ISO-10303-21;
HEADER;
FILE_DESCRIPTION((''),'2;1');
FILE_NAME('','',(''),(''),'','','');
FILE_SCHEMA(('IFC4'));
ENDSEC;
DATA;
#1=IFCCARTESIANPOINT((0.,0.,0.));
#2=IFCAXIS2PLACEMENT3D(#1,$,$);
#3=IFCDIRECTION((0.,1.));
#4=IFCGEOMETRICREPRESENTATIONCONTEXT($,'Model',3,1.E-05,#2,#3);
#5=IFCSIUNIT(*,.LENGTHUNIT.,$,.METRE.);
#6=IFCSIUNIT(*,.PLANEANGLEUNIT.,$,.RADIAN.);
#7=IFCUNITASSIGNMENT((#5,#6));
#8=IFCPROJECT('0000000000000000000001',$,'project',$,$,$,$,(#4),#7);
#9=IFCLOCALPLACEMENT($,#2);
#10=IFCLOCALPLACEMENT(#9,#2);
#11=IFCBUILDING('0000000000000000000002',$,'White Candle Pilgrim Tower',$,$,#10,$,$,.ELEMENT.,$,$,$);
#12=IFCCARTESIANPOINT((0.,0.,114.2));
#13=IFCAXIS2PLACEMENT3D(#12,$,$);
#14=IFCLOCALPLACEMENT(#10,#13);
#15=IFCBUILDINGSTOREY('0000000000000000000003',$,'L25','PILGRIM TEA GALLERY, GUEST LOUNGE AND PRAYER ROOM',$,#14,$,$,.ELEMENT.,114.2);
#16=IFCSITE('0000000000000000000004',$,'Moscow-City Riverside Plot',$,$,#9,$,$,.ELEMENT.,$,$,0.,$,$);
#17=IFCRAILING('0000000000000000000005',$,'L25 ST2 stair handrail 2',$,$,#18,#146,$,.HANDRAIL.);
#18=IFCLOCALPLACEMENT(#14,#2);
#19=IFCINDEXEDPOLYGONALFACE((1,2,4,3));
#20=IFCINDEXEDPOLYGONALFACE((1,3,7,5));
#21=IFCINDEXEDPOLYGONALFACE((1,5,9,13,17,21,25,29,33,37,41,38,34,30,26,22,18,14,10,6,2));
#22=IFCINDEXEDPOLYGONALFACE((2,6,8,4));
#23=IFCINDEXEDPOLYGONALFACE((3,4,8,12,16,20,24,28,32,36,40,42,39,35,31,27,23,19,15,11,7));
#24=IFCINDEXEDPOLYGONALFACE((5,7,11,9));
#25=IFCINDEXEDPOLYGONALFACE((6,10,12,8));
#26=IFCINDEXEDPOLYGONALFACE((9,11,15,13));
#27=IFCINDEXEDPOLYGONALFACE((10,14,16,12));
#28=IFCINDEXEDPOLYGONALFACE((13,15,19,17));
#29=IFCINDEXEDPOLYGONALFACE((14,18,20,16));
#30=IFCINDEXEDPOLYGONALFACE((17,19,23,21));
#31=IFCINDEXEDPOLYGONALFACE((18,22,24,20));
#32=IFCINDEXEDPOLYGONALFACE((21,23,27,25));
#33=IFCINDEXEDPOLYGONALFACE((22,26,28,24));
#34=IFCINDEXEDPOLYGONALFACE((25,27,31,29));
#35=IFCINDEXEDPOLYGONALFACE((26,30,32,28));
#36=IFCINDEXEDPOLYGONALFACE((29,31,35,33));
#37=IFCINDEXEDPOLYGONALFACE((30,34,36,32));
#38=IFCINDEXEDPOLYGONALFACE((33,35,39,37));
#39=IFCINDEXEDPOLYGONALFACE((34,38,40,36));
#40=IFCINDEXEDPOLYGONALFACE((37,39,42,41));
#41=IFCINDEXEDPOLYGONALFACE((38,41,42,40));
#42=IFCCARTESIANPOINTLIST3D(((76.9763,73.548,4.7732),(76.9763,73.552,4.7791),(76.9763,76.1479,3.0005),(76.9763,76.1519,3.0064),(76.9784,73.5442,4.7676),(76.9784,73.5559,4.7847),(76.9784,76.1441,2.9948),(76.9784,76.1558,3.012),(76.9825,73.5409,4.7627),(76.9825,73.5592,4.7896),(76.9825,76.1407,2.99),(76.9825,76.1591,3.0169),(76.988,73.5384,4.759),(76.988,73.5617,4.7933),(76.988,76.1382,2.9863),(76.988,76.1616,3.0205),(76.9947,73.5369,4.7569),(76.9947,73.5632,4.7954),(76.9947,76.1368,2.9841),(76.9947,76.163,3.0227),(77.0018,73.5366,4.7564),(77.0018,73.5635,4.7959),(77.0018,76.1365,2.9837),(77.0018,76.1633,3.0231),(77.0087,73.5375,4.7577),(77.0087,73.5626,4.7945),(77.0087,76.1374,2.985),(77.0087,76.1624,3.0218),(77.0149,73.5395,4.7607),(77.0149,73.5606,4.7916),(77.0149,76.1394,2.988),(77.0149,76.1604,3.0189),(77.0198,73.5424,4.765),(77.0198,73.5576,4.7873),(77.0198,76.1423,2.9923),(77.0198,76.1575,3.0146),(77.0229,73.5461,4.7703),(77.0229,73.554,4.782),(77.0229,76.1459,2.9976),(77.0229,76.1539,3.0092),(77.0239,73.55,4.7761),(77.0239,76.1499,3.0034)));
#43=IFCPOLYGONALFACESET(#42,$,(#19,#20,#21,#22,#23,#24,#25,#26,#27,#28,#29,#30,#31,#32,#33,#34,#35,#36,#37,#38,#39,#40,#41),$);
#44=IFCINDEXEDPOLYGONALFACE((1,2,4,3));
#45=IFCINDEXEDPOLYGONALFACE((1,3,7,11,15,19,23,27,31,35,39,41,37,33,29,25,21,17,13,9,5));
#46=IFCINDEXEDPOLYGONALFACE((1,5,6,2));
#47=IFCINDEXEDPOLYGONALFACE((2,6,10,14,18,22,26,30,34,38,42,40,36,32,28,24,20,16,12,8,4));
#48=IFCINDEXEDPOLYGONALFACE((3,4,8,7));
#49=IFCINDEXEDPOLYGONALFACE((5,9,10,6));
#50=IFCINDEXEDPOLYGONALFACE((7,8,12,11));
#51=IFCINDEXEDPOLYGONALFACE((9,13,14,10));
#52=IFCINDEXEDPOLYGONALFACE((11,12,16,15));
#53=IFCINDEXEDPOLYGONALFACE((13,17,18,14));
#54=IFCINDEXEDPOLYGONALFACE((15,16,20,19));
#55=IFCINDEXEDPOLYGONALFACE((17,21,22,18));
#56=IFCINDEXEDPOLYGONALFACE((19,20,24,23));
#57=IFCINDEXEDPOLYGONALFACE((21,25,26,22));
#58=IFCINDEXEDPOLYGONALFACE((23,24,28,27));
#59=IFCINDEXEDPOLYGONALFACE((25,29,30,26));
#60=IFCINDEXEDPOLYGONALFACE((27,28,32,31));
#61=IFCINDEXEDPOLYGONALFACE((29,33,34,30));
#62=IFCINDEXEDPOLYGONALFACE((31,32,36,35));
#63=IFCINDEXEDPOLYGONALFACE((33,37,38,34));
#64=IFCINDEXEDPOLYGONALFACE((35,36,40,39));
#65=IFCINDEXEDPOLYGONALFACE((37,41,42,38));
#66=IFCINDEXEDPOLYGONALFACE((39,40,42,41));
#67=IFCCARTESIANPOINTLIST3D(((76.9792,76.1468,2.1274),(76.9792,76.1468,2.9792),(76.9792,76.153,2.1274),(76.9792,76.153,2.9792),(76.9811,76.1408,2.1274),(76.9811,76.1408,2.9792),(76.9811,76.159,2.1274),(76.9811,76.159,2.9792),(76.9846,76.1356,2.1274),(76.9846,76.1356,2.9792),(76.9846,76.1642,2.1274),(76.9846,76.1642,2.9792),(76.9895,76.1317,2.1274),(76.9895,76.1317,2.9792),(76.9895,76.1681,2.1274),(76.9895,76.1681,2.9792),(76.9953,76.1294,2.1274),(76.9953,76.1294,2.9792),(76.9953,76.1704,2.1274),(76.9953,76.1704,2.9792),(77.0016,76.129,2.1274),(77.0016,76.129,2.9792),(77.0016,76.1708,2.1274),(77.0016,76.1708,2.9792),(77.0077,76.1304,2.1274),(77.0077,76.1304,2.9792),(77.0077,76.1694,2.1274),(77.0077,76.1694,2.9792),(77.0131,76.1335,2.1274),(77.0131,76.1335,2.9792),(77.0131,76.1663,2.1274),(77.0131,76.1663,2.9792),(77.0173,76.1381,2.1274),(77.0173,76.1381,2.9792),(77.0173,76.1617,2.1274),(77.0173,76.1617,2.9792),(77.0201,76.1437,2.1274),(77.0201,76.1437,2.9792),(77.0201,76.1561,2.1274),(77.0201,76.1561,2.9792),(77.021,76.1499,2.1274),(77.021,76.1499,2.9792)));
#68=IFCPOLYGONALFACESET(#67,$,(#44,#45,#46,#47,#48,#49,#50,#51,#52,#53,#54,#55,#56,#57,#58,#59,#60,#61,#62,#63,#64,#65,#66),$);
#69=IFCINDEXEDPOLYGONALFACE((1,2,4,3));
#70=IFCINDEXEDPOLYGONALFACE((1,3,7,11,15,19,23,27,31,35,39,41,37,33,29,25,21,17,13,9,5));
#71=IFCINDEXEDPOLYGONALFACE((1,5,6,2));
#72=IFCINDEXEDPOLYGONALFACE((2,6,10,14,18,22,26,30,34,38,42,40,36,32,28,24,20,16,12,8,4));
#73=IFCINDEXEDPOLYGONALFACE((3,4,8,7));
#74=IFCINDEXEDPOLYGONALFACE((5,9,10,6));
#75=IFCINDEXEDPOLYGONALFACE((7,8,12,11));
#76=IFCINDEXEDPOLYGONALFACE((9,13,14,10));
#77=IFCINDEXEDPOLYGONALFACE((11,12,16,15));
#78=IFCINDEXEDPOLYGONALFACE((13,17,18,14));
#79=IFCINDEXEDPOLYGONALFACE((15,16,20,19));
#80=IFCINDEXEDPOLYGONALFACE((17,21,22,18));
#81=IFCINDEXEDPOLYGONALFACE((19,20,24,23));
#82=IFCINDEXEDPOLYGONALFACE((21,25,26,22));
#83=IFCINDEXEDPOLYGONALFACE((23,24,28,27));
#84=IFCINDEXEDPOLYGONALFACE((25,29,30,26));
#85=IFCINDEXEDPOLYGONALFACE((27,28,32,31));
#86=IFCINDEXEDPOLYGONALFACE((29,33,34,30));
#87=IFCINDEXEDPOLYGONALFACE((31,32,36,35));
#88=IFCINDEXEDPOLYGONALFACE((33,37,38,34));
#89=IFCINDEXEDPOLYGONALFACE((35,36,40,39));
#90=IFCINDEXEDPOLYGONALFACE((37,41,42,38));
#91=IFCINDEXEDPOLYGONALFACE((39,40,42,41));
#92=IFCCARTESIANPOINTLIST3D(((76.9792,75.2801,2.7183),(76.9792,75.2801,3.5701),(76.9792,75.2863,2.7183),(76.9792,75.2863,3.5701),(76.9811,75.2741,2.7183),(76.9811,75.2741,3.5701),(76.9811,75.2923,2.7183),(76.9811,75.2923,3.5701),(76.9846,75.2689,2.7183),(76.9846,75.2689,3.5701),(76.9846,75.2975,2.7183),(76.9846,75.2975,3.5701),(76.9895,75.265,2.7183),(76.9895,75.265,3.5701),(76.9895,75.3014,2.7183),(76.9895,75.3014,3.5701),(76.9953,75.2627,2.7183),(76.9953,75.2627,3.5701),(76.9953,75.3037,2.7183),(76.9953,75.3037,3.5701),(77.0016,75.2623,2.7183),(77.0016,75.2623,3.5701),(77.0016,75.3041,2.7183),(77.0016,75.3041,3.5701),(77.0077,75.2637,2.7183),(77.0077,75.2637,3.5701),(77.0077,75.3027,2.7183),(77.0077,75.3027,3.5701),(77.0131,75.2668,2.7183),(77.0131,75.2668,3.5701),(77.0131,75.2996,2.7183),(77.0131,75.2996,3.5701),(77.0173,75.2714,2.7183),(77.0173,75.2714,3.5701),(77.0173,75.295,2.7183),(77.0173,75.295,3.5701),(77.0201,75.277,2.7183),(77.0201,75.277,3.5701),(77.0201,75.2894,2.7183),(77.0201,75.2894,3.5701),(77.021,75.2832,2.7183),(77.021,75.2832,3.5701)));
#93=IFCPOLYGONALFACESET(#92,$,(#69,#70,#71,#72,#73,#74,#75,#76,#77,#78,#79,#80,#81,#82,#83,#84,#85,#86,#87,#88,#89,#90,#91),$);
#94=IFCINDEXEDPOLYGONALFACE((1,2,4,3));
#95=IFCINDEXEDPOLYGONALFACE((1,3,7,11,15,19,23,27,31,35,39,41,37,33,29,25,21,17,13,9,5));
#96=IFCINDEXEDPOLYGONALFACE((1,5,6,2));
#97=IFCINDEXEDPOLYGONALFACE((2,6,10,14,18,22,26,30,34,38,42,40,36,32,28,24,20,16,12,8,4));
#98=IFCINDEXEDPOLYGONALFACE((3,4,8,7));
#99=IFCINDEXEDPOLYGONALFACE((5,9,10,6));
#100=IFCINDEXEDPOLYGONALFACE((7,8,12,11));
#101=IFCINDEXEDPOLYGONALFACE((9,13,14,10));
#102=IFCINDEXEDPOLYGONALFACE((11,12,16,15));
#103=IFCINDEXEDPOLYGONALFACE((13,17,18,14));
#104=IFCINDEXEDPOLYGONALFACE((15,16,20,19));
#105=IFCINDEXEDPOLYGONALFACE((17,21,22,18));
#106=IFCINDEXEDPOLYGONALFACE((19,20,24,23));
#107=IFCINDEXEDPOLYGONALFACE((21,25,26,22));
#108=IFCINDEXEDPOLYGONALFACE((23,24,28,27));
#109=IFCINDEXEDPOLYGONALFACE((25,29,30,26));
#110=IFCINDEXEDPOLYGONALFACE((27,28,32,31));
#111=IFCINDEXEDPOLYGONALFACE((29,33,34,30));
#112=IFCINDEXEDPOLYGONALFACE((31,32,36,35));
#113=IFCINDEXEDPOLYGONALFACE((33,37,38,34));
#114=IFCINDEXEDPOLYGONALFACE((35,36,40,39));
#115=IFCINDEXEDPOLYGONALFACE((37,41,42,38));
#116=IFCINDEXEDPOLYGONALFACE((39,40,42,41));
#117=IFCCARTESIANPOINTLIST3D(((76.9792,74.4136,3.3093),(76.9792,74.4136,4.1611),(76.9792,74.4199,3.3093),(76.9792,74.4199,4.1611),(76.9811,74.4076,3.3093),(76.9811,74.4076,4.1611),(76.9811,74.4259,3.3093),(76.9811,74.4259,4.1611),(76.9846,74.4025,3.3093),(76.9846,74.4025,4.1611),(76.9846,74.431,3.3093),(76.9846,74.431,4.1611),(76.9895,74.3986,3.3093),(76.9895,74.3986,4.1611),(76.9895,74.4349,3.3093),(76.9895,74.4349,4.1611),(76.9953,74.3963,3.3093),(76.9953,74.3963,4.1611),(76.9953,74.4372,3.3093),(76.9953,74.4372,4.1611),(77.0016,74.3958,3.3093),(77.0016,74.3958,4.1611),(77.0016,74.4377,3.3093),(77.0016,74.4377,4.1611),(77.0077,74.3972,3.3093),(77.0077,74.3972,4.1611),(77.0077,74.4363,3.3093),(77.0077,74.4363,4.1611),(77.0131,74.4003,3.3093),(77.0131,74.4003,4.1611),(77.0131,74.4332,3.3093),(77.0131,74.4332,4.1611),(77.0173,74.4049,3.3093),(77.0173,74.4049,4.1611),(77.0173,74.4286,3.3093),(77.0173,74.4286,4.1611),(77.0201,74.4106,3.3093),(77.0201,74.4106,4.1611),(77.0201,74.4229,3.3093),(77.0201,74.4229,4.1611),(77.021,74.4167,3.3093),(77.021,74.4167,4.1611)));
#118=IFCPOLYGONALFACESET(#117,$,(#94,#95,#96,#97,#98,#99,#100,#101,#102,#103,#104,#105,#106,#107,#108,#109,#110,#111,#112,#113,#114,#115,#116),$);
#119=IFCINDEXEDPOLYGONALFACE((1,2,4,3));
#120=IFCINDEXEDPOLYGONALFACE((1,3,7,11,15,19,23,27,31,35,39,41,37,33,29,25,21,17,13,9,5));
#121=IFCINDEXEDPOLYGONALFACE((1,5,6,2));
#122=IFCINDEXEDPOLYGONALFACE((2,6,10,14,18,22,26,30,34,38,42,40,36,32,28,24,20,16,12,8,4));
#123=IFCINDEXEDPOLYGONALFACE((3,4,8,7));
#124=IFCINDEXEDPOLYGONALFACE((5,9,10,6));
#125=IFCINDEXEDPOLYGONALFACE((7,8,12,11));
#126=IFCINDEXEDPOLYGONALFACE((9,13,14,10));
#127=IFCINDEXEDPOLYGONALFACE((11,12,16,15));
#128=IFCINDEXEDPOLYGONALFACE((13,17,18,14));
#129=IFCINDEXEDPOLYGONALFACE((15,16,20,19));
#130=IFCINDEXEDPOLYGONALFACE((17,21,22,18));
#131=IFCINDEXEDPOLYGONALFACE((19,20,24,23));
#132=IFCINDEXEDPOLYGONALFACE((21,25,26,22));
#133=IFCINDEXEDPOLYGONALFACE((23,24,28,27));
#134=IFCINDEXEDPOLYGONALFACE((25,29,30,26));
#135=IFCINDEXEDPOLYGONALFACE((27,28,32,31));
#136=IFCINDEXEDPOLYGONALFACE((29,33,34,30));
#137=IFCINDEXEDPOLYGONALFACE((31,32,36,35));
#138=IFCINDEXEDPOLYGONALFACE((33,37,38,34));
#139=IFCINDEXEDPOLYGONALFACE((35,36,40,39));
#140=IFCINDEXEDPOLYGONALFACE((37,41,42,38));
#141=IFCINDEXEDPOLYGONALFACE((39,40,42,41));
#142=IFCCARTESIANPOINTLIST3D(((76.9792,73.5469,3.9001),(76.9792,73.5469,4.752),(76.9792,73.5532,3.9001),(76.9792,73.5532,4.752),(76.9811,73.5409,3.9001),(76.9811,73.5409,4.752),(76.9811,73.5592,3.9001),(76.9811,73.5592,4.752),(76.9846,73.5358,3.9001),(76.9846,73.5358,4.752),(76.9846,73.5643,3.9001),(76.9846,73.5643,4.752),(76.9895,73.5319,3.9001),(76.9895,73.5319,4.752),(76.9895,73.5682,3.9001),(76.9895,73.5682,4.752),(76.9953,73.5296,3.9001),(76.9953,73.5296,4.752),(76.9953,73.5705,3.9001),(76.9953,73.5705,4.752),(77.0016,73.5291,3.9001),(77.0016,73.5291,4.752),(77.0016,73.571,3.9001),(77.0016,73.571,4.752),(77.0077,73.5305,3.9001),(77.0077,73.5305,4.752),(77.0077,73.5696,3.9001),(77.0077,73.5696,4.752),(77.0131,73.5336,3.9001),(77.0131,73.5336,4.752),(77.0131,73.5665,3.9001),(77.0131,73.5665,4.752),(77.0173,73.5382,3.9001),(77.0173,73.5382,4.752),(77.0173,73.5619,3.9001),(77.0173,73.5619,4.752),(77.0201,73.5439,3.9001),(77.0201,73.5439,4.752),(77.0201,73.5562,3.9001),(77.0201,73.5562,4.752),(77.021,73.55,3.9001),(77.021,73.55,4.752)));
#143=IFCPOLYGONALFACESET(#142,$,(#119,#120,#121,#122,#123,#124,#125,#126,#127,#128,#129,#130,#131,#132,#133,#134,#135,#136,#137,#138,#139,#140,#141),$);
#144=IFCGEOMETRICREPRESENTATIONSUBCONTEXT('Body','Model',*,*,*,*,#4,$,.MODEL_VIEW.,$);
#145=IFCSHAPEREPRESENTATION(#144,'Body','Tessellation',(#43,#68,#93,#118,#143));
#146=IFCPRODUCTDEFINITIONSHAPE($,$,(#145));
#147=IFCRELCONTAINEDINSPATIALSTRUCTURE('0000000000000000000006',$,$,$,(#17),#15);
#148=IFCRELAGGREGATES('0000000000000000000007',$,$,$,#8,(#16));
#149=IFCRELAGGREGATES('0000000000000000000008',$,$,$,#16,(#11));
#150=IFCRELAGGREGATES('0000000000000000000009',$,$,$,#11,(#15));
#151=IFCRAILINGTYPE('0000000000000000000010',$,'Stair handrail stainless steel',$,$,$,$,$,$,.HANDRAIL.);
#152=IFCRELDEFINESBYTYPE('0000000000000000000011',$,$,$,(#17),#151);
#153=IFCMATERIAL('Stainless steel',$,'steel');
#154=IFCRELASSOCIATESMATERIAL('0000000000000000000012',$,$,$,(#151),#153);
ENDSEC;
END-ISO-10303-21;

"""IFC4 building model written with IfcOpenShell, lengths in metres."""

from ifc_helpers import new_model, si_unit, direction, frame, origin, origin_2d, place, context, subcontext, project, spatial, circle, extrude, material, type_object, element, save


model = new_model("IFC4")

# Units and contexts
model_context = context("Model", 3, precision=1e-05, world=origin(), true_north=direction((0.0, 1.0)))
body_context = subcontext(model_context, "Body", "Model", "MODEL_VIEW")
ifc_project = project(units=[si_unit("LENGTHUNIT", "METRE"), si_unit("PLANEANGLEUNIT", "RADIAN")], contexts=[model_context])

# Site, building, storey
site_placement = place(None, origin())
site = spatial("IfcSite", under=ifc_project, at=site_placement, Name="Moscow-City Riverside Plot", CompositionType="ELEMENT", RefElevation=0.0)
building_placement = place(site_placement, origin())
building = spatial("IfcBuilding", under=site, at=building_placement, Name="White Candle Pilgrim Tower", CompositionType="ELEMENT")
storey_placement = place(building_placement, frame((0.0, 0.0, 114.2)))
storey = spatial("IfcBuildingStorey", under=building, at=storey_placement, Name="L25", Description="PILGRIM TEA GALLERY, GUEST LOUNGE AND PRAYER ROOM", CompositionType="ELEMENT", Elevation=114.2)

# Railing
ifc_material_1 = material(Name="Stainless steel", Category="steel")
railing_type_1 = type_object("IfcRailingType", Name="Stair handrail stainless steel", PredefinedType="HANDRAIL", material=ifc_material_1)
railing_1_placement = place(storey_placement, frame((77.0, 76.1499, 2.1274)))
element("IfcRailing", 1, at=railing_1_placement, inside=storey, type_object=railing_type_1, Name="L25 ST2 stair handrail 2", PredefinedType="HANDRAIL", context=body_context, shape_type="SweptSolid", body=[
    extrude(circle(Radius=0.0239, at=origin_2d()), frame((0.0, 0.0, 0.876), z_axis=(0.0, -0.826216, 0.563354), x_axis=(1.0, 0.0, 0.0)), (0.0, 0.0, 1.0), 3.1467),
    extrude(circle(Radius=0.021, at=origin_2d()), origin(), (0.0, 0.0, 1.0), 0.8518),
    extrude(circle(Radius=0.021, at=origin_2d()), frame((0.0, -0.8667, 0.5908)), (0.0, 0.0, 1.0), 0.8518),
    extrude(circle(Radius=0.021, at=origin_2d()), frame((0.0, -1.7332, 1.1819)), (0.0, 0.0, 1.0), 0.8518),
    extrude(circle(Radius=0.021, at=origin_2d()), frame((0.0, -2.5999, 1.7727)), (0.0, 0.0, 1.0), 0.8518),
])

save(model, "model.ifc")
